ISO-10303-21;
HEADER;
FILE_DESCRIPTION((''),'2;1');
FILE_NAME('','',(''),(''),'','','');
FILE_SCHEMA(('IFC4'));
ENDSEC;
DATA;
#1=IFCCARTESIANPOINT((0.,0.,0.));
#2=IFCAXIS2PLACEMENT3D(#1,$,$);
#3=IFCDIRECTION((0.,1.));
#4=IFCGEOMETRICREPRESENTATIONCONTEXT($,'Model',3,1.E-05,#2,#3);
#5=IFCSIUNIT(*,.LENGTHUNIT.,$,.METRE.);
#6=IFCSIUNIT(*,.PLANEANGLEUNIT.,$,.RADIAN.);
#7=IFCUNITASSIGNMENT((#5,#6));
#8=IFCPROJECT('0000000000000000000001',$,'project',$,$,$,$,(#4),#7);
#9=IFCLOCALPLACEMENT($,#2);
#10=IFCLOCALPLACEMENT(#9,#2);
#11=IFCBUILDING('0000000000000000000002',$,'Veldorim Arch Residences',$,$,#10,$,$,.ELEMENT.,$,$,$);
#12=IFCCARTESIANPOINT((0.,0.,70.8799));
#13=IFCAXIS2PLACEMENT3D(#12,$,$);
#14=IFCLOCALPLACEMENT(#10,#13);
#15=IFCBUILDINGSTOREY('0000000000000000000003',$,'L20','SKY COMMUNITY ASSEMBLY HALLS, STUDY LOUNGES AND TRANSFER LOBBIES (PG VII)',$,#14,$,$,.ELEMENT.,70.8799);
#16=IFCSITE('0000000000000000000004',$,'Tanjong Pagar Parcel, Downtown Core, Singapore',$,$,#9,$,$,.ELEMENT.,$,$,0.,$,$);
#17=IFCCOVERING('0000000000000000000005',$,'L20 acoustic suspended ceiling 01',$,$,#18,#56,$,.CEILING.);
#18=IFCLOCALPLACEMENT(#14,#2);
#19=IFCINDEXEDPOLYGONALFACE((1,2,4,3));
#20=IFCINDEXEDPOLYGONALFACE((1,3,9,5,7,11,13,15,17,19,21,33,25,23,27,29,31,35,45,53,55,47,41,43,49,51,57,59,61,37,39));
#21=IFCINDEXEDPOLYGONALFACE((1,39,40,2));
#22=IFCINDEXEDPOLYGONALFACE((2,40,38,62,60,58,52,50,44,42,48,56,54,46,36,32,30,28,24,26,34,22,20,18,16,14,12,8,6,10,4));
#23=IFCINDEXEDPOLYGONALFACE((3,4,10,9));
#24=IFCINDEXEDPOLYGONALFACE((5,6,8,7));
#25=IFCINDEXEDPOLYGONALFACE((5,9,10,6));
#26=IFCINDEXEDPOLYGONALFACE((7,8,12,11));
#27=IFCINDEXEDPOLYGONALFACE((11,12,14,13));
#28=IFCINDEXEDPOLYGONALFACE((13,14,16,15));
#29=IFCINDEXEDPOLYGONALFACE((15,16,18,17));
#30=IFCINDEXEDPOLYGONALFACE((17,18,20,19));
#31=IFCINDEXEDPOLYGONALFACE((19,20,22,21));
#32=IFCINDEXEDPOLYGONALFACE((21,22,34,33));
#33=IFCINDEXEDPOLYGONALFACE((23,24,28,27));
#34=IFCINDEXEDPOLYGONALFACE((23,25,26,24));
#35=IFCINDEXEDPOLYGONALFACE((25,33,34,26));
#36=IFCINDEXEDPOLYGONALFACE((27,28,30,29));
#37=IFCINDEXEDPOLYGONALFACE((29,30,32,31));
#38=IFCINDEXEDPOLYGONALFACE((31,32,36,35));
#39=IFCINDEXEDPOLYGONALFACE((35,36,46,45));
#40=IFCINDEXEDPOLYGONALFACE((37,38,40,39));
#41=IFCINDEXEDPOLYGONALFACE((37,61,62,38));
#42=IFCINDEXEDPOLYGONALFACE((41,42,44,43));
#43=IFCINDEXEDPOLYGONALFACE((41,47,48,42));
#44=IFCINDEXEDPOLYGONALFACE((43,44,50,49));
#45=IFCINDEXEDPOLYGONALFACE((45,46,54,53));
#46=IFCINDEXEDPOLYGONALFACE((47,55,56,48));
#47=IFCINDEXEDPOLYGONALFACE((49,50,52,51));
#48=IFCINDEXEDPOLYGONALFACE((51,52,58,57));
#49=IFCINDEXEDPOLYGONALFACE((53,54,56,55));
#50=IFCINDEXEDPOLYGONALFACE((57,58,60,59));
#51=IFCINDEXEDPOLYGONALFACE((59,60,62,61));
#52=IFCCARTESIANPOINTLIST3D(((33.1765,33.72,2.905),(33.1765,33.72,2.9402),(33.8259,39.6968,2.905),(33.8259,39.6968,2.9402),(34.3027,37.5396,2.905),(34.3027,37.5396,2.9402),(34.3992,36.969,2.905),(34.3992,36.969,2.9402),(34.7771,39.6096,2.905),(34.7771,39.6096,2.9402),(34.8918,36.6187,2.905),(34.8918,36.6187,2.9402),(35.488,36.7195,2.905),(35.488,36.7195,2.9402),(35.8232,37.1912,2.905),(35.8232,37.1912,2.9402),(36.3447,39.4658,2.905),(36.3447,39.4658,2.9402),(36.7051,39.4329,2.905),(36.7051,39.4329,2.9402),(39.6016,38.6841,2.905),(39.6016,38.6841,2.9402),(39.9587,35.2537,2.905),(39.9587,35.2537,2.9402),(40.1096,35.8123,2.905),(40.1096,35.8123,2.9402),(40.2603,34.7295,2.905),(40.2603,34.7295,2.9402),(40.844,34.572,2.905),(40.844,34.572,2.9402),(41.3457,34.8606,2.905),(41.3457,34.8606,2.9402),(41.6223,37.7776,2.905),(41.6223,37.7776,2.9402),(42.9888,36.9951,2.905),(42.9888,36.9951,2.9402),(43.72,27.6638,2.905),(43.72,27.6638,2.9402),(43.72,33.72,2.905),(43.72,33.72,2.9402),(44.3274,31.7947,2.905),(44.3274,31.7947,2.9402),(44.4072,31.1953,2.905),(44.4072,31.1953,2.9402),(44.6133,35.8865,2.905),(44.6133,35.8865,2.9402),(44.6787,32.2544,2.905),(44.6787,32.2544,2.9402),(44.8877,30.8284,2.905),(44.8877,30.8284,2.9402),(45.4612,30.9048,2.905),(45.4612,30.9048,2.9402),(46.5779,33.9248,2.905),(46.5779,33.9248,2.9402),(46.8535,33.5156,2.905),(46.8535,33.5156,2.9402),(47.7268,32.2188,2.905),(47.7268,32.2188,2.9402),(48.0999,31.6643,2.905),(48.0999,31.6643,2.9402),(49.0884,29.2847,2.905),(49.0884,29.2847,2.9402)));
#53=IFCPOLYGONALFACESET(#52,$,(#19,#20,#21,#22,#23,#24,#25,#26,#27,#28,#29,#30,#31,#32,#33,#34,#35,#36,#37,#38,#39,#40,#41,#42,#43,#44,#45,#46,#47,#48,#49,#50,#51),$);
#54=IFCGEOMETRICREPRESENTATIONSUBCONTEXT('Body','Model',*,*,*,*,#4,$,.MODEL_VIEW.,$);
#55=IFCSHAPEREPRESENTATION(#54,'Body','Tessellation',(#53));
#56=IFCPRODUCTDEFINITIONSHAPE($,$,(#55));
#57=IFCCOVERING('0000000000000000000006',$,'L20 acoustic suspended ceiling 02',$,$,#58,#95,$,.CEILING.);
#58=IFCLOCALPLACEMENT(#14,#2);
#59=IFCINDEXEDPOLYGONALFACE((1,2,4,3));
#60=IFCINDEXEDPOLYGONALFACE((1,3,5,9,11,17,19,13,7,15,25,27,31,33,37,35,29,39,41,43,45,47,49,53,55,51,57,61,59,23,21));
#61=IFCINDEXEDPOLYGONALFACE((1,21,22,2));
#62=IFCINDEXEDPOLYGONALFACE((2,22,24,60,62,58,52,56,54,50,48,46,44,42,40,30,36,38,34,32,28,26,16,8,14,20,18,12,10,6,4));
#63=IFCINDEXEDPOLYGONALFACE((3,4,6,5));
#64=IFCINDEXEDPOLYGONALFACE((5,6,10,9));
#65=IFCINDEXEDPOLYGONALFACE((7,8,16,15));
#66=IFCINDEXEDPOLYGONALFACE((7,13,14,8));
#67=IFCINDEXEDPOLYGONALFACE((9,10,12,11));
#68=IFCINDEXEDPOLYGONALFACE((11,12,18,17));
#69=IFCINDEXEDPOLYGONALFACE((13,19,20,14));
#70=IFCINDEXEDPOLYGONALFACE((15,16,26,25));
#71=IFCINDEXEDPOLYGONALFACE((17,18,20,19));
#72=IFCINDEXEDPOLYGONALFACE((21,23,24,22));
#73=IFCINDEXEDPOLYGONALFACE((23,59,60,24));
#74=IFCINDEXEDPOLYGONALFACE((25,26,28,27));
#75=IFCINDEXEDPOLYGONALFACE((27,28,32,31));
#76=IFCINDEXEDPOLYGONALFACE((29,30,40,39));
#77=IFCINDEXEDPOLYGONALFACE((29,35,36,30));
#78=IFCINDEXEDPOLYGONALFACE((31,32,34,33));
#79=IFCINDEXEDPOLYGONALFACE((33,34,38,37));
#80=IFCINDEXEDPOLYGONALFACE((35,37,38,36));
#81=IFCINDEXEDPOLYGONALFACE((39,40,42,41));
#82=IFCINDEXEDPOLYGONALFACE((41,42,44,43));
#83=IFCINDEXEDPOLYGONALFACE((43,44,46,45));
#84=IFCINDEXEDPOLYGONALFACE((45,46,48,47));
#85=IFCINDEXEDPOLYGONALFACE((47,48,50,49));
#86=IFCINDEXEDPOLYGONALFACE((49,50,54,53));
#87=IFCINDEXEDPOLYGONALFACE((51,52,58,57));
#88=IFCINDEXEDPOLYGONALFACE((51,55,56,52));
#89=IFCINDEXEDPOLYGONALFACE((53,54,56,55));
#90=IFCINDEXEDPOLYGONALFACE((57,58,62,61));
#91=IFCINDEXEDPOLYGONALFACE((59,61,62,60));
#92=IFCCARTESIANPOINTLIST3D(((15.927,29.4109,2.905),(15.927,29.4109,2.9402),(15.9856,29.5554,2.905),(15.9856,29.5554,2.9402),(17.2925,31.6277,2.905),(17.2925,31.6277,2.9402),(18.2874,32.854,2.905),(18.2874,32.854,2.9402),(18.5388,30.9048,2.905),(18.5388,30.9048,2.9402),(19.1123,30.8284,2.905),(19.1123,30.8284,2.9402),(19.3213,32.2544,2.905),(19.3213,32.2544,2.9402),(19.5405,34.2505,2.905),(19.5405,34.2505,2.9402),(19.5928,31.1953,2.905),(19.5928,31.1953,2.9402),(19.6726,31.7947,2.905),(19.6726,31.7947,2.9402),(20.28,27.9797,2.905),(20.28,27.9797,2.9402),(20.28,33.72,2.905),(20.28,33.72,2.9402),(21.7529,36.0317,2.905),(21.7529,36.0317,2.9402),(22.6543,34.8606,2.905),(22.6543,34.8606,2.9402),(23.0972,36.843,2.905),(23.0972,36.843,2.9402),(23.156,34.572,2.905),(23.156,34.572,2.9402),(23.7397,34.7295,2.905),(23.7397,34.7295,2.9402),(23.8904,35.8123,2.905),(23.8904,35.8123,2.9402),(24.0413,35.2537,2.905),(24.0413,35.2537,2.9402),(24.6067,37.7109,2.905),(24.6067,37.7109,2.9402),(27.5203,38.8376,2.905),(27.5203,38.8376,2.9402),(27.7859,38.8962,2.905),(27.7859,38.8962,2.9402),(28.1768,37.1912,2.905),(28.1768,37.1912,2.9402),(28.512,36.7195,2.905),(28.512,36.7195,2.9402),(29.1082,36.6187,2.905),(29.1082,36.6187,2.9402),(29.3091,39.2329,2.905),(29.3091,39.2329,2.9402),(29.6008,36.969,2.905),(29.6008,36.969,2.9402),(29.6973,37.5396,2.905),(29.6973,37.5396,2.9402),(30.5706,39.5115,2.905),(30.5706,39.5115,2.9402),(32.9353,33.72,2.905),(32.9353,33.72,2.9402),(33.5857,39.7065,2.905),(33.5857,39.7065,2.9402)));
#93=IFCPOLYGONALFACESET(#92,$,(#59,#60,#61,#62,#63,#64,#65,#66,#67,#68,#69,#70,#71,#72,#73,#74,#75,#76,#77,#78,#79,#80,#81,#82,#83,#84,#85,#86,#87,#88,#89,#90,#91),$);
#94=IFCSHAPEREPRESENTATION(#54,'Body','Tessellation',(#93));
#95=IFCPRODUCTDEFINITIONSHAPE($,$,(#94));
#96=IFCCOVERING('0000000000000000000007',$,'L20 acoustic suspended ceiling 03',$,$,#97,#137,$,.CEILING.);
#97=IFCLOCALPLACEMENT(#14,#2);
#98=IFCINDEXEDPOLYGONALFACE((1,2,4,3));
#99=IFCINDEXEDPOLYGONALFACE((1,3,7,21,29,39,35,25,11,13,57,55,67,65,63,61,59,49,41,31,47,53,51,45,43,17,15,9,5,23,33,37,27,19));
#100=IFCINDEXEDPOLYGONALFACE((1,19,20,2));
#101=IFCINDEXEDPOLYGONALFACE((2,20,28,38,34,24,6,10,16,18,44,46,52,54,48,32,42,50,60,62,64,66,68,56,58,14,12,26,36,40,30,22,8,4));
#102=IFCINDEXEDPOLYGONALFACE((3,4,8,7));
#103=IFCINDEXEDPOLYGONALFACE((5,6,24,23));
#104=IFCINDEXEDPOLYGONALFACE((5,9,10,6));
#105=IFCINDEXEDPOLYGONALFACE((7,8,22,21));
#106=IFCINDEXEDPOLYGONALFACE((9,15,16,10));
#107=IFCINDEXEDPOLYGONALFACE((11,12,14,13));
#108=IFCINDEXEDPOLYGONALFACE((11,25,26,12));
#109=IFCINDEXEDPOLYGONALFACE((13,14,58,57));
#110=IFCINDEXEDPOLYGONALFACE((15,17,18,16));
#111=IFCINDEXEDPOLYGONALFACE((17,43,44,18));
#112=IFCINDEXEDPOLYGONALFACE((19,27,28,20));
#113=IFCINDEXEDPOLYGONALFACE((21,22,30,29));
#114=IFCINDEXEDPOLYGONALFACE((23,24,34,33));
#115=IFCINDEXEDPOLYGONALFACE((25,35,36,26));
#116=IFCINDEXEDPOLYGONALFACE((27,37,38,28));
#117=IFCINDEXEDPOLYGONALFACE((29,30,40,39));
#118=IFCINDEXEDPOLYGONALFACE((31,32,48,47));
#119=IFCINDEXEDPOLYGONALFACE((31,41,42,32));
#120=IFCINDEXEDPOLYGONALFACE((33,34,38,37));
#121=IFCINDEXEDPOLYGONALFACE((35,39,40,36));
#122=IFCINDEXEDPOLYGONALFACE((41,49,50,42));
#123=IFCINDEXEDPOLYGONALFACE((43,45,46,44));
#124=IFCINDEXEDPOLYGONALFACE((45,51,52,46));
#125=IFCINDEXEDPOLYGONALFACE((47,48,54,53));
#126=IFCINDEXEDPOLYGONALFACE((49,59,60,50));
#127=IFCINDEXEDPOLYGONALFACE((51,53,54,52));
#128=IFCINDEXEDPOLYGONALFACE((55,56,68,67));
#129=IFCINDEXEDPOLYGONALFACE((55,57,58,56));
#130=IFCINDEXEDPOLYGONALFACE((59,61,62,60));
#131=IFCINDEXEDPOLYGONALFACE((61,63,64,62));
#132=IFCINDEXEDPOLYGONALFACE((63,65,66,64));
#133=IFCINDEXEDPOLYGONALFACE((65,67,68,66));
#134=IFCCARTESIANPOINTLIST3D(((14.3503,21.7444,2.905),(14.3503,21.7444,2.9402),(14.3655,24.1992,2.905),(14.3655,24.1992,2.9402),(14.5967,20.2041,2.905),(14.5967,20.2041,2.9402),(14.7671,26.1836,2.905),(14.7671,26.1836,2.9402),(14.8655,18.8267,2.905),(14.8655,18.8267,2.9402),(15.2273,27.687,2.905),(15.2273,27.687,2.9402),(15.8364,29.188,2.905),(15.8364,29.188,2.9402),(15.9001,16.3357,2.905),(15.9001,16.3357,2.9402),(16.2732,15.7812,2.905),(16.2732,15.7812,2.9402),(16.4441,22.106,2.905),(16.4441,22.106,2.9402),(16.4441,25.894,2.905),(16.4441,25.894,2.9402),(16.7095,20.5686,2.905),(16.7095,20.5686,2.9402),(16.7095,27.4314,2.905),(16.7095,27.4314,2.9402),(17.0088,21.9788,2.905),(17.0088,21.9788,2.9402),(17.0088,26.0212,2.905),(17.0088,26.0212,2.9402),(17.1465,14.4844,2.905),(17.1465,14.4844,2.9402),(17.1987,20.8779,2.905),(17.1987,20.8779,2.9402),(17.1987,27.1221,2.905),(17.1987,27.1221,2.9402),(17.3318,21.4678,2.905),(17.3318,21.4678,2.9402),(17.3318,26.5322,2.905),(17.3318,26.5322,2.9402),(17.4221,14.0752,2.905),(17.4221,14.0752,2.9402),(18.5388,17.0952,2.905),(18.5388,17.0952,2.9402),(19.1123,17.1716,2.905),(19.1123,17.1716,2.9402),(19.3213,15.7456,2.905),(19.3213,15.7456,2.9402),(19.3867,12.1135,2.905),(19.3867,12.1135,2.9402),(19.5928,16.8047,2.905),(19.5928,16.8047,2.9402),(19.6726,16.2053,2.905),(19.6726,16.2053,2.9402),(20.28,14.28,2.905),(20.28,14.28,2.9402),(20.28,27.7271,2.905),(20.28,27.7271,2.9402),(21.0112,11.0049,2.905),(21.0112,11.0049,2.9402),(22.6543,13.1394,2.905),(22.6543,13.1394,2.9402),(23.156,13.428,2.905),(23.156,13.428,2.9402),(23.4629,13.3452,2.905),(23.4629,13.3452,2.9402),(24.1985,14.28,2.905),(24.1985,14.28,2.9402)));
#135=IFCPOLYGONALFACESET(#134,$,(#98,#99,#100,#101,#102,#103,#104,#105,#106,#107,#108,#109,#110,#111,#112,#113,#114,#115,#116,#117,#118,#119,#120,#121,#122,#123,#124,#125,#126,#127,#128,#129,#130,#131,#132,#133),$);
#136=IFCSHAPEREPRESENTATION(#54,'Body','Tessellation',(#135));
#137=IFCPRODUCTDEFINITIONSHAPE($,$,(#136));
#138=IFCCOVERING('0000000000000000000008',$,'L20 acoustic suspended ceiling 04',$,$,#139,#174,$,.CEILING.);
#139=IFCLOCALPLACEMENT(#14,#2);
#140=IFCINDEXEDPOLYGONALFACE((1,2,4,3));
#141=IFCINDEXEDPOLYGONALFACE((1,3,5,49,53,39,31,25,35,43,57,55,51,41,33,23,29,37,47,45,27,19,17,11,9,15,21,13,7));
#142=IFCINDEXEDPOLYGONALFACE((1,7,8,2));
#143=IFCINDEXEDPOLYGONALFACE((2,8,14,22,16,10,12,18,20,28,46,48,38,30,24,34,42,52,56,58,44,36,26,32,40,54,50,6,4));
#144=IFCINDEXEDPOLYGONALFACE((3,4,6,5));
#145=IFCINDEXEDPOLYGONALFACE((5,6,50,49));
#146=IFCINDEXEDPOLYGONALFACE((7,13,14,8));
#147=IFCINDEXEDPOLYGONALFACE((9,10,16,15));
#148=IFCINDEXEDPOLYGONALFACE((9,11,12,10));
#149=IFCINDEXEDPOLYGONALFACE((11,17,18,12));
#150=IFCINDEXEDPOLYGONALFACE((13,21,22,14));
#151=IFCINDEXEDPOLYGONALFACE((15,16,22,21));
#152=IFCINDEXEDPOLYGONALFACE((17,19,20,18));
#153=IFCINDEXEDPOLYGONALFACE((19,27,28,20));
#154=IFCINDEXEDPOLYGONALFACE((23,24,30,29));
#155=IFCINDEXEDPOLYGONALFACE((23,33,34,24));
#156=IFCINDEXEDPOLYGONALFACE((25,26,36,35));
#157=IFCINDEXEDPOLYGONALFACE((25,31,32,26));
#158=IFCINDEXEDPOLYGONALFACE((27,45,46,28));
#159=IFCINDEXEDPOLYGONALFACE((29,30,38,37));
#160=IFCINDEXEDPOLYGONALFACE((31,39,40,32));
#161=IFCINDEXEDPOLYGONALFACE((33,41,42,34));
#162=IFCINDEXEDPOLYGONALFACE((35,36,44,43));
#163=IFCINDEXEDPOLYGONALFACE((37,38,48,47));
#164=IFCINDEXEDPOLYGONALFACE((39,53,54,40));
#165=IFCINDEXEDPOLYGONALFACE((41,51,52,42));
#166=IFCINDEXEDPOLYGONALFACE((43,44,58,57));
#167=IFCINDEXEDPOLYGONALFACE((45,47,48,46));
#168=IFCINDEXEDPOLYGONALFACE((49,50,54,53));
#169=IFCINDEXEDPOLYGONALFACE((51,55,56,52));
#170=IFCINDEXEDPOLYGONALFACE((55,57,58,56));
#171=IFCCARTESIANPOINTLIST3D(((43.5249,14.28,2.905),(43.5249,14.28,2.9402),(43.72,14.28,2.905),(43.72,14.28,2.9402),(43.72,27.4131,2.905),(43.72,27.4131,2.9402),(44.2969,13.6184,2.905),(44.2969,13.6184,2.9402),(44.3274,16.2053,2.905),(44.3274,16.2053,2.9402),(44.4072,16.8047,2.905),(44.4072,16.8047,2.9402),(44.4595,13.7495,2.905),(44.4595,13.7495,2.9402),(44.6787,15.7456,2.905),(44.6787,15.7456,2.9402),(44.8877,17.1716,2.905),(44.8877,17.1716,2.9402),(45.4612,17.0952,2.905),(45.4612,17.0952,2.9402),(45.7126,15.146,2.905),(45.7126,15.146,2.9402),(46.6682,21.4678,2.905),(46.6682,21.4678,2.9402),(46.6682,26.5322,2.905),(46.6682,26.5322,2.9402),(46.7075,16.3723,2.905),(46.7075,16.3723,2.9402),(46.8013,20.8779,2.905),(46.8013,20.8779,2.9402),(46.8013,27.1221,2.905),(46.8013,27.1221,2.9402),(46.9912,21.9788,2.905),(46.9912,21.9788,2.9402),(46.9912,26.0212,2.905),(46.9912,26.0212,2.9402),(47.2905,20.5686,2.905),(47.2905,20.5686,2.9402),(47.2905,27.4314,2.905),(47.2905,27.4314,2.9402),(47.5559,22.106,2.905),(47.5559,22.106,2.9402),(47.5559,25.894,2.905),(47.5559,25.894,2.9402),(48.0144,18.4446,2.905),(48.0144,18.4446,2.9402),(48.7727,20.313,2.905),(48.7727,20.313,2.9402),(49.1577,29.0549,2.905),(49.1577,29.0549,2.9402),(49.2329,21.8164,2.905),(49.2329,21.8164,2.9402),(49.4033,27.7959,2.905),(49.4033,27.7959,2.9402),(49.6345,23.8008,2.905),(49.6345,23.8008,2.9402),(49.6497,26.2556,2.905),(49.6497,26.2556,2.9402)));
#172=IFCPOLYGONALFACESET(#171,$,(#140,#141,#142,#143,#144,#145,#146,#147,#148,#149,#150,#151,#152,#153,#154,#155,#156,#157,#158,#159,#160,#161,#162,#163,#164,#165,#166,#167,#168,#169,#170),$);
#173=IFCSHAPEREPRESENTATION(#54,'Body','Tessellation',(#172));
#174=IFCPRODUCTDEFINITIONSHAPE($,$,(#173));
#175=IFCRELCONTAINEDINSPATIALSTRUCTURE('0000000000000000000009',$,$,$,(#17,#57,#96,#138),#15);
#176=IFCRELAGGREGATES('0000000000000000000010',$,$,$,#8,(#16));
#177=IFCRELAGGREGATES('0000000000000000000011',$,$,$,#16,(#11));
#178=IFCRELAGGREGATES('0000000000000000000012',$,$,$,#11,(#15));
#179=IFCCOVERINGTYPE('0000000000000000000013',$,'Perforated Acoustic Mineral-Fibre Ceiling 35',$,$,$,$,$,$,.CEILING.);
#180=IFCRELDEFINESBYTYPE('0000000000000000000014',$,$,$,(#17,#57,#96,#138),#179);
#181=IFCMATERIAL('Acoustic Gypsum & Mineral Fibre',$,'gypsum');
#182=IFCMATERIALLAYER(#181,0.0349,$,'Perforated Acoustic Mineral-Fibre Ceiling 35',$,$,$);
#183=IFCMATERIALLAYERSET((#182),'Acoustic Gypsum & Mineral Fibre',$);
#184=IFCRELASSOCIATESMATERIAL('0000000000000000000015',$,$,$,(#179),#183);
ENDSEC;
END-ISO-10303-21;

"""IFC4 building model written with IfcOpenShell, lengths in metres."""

from ifc_helpers import new_model, si_unit, direction, frame, origin, place, context, subcontext, project, spatial, polyline, outline, extrude, material, layer, layer_set, type_object, element, save


model = new_model("IFC4")

# Units and contexts
model_context = context("Model", 3, precision=1e-05, world=origin(), true_north=direction((0.0, 1.0)))
body_context = subcontext(model_context, "Body", "Model", "MODEL_VIEW")
ifc_project = project(units=[si_unit("LENGTHUNIT", "METRE"), si_unit("PLANEANGLEUNIT", "RADIAN")], contexts=[model_context])

# Site, building, storey
site_placement = place(None, origin())
site = spatial("IfcSite", under=ifc_project, at=site_placement, Name="Tanjong Pagar Parcel, Downtown Core, Singapore", CompositionType="ELEMENT", RefElevation=0.0)
building_placement = place(site_placement, origin())
building = spatial("IfcBuilding", under=site, at=building_placement, Name="Veldorim Arch Residences", CompositionType="ELEMENT")
storey_placement = place(building_placement, frame((0.0, 0.0, 70.8799)))
storey = spatial("IfcBuildingStorey", under=building, at=storey_placement, Name="L20", Description="SKY COMMUNITY ASSEMBLY HALLS, STUDY LOUNGES AND TRANSFER LOBBIES (PG VII)", CompositionType="ELEMENT", Elevation=70.8799)

# Coverings
ifc_material_1 = material(Name="Acoustic Gypsum & Mineral Fibre", Category="gypsum")
ifc_layer_1 = layer(ifc_material_1, 0.0349, Name="Perforated Acoustic Mineral-Fibre Ceiling 35")
ifc_layer_set_1 = layer_set([ifc_layer_1], Name="Acoustic Gypsum & Mineral Fibre")
covering_type_1 = type_object("IfcCoveringType", Name="Perforated Acoustic Mineral-Fibre Ceiling 35", PredefinedType="CEILING", material=ifc_layer_set_1)
covering_1_placement = place(storey_placement, frame((0.0, 0.0, 2.905)))
element("IfcCovering", 1, at=covering_1_placement, inside=storey, type_object=covering_type_1, Name="L20 acoustic suspended ceiling 01", PredefinedType="CEILING", context=body_context, shape_type="SweptSolid", body=[
    extrude(outline(polyline([(34.3992, 36.969), (34.8918, 36.6187), (35.488, 36.7195), (35.8232, 37.1912), (36.3447, 39.4658), (36.7051, 39.4329), (39.6016, 38.6841), (41.6223, 37.7776), (40.1096, 35.8123), (39.9587, 35.2537), (40.2603, 34.7295), (40.844, 34.572), (41.3457, 34.8606), (42.9888, 36.9951), (44.6133, 35.8865), (46.5779, 33.9248), (46.8535, 33.5156), (44.6787, 32.2544), (44.3274, 31.7947), (44.4072, 31.1953), (44.8877, 30.8284), (45.4612, 30.9048), (47.7268, 32.2188), (48.0999, 31.6643), (49.0884, 29.2847), (43.72, 27.6638), (43.72, 33.72), (33.1765, 33.72), (33.8259, 39.6968), (34.7771, 39.6096), (34.3027, 37.5396), (34.3992, 36.969)])), origin(), (0.0, 0.0, 1.0), 0.0352),
])
covering_2_placement = place(storey_placement, frame((0.0, 0.0, 2.905)))
element("IfcCovering", 2, at=covering_2_placement, inside=storey, type_object=covering_type_1, Name="L20 acoustic suspended ceiling 02", PredefinedType="CEILING", context=body_context, shape_type="SweptSolid", body=[
    extrude(outline(polyline([(18.5388, 30.9048), (19.1123, 30.8284), (19.5928, 31.1953), (19.6726, 31.7947), (19.3213, 32.2544), (18.2874, 32.854), (19.5405, 34.2505), (21.7529, 36.0317), (22.6543, 34.8606), (23.156, 34.572), (23.7397, 34.7295), (24.0413, 35.2537), (23.8904, 35.8123), (23.0972, 36.843), (24.6067, 37.7109), (27.5203, 38.8376), (27.7859, 38.8962), (28.1768, 37.1912), (28.512, 36.7195), (29.1082, 36.6187), (29.6008, 36.969), (29.6973, 37.5396), (29.3091, 39.2329), (30.5706, 39.5115), (33.5857, 39.7065), (32.9353, 33.72), (20.28, 33.72), (20.28, 27.9797), (15.927, 29.4109), (15.9856, 29.5554), (17.2925, 31.6277), (18.5388, 30.9048)])), origin(), (0.0, 0.0, 1.0), 0.0352),
])
covering_3_placement = place(storey_placement, frame((0.0, 0.0, 2.905)))
element("IfcCovering", 3, at=covering_3_placement, inside=storey, type_object=covering_type_1, Name="L20 acoustic suspended ceiling 03", PredefinedType="CEILING", context=body_context, shape_type="SweptSolid", body=[
    extrude(outline(polyline([(21.0112, 11.0049), (19.3867, 12.1135), (17.4221, 14.0752), (17.1465, 14.4844), (19.3213, 15.7456), (19.6726, 16.2053), (19.5928, 16.8047), (19.1123, 17.1716), (18.5388, 17.0952), (16.2732, 15.7812), (15.9001, 16.3357), (14.8655, 18.8267), (14.5967, 20.2041), (16.7095, 20.5686), (17.1987, 20.8779), (17.3318, 21.4678), (17.0088, 21.9788), (16.4441, 22.106), (14.3503, 21.7444), (14.3655, 24.1992), (14.7671, 26.1836), (16.4441, 25.894), (17.0088, 26.0212), (17.3318, 26.5322), (17.1987, 27.1221), (16.7095, 27.4314), (15.2273, 27.687), (15.8364, 29.188), (20.28, 27.7271), (20.28, 14.28), (24.1985, 14.28), (23.4629, 13.3452), (23.156, 13.428), (22.6543, 13.1394), (21.0112, 11.0049)])), origin(), (0.0, 0.0, 1.0), 0.0352),
])
covering_4_placement = place(storey_placement, frame((0.0, 0.0, 2.905)))
element("IfcCovering", 4, at=covering_4_placement, inside=storey, type_object=covering_type_1, Name="L20 acoustic suspended ceiling 04", PredefinedType="CEILING", context=body_context, shape_type="SweptSolid", body=[
    extrude(outline(polyline([(46.8013, 20.8779), (47.2905, 20.5686), (48.7727, 20.313), (48.0144, 18.4446), (46.7075, 16.3723), (45.4612, 17.0952), (44.8877, 17.1716), (44.4072, 16.8047), (44.3274, 16.2053), (44.6787, 15.7456), (45.7126, 15.146), (44.4595, 13.7495), (44.2969, 13.6184), (43.5249, 14.28), (43.72, 14.28), (43.72, 27.4131), (49.1577, 29.0549), (49.4033, 27.7959), (47.2905, 27.4314), (46.8013, 27.1221), (46.6682, 26.5322), (46.9912, 26.0212), (47.5559, 25.894), (49.6497, 26.2556), (49.6345, 23.8008), (49.2329, 21.8164), (47.5559, 22.106), (46.9912, 21.9788), (46.6682, 21.4678), (46.8013, 20.8779)])), origin(), (0.0, 0.0, 1.0), 0.0352),
])

save(model, "model.ifc")
